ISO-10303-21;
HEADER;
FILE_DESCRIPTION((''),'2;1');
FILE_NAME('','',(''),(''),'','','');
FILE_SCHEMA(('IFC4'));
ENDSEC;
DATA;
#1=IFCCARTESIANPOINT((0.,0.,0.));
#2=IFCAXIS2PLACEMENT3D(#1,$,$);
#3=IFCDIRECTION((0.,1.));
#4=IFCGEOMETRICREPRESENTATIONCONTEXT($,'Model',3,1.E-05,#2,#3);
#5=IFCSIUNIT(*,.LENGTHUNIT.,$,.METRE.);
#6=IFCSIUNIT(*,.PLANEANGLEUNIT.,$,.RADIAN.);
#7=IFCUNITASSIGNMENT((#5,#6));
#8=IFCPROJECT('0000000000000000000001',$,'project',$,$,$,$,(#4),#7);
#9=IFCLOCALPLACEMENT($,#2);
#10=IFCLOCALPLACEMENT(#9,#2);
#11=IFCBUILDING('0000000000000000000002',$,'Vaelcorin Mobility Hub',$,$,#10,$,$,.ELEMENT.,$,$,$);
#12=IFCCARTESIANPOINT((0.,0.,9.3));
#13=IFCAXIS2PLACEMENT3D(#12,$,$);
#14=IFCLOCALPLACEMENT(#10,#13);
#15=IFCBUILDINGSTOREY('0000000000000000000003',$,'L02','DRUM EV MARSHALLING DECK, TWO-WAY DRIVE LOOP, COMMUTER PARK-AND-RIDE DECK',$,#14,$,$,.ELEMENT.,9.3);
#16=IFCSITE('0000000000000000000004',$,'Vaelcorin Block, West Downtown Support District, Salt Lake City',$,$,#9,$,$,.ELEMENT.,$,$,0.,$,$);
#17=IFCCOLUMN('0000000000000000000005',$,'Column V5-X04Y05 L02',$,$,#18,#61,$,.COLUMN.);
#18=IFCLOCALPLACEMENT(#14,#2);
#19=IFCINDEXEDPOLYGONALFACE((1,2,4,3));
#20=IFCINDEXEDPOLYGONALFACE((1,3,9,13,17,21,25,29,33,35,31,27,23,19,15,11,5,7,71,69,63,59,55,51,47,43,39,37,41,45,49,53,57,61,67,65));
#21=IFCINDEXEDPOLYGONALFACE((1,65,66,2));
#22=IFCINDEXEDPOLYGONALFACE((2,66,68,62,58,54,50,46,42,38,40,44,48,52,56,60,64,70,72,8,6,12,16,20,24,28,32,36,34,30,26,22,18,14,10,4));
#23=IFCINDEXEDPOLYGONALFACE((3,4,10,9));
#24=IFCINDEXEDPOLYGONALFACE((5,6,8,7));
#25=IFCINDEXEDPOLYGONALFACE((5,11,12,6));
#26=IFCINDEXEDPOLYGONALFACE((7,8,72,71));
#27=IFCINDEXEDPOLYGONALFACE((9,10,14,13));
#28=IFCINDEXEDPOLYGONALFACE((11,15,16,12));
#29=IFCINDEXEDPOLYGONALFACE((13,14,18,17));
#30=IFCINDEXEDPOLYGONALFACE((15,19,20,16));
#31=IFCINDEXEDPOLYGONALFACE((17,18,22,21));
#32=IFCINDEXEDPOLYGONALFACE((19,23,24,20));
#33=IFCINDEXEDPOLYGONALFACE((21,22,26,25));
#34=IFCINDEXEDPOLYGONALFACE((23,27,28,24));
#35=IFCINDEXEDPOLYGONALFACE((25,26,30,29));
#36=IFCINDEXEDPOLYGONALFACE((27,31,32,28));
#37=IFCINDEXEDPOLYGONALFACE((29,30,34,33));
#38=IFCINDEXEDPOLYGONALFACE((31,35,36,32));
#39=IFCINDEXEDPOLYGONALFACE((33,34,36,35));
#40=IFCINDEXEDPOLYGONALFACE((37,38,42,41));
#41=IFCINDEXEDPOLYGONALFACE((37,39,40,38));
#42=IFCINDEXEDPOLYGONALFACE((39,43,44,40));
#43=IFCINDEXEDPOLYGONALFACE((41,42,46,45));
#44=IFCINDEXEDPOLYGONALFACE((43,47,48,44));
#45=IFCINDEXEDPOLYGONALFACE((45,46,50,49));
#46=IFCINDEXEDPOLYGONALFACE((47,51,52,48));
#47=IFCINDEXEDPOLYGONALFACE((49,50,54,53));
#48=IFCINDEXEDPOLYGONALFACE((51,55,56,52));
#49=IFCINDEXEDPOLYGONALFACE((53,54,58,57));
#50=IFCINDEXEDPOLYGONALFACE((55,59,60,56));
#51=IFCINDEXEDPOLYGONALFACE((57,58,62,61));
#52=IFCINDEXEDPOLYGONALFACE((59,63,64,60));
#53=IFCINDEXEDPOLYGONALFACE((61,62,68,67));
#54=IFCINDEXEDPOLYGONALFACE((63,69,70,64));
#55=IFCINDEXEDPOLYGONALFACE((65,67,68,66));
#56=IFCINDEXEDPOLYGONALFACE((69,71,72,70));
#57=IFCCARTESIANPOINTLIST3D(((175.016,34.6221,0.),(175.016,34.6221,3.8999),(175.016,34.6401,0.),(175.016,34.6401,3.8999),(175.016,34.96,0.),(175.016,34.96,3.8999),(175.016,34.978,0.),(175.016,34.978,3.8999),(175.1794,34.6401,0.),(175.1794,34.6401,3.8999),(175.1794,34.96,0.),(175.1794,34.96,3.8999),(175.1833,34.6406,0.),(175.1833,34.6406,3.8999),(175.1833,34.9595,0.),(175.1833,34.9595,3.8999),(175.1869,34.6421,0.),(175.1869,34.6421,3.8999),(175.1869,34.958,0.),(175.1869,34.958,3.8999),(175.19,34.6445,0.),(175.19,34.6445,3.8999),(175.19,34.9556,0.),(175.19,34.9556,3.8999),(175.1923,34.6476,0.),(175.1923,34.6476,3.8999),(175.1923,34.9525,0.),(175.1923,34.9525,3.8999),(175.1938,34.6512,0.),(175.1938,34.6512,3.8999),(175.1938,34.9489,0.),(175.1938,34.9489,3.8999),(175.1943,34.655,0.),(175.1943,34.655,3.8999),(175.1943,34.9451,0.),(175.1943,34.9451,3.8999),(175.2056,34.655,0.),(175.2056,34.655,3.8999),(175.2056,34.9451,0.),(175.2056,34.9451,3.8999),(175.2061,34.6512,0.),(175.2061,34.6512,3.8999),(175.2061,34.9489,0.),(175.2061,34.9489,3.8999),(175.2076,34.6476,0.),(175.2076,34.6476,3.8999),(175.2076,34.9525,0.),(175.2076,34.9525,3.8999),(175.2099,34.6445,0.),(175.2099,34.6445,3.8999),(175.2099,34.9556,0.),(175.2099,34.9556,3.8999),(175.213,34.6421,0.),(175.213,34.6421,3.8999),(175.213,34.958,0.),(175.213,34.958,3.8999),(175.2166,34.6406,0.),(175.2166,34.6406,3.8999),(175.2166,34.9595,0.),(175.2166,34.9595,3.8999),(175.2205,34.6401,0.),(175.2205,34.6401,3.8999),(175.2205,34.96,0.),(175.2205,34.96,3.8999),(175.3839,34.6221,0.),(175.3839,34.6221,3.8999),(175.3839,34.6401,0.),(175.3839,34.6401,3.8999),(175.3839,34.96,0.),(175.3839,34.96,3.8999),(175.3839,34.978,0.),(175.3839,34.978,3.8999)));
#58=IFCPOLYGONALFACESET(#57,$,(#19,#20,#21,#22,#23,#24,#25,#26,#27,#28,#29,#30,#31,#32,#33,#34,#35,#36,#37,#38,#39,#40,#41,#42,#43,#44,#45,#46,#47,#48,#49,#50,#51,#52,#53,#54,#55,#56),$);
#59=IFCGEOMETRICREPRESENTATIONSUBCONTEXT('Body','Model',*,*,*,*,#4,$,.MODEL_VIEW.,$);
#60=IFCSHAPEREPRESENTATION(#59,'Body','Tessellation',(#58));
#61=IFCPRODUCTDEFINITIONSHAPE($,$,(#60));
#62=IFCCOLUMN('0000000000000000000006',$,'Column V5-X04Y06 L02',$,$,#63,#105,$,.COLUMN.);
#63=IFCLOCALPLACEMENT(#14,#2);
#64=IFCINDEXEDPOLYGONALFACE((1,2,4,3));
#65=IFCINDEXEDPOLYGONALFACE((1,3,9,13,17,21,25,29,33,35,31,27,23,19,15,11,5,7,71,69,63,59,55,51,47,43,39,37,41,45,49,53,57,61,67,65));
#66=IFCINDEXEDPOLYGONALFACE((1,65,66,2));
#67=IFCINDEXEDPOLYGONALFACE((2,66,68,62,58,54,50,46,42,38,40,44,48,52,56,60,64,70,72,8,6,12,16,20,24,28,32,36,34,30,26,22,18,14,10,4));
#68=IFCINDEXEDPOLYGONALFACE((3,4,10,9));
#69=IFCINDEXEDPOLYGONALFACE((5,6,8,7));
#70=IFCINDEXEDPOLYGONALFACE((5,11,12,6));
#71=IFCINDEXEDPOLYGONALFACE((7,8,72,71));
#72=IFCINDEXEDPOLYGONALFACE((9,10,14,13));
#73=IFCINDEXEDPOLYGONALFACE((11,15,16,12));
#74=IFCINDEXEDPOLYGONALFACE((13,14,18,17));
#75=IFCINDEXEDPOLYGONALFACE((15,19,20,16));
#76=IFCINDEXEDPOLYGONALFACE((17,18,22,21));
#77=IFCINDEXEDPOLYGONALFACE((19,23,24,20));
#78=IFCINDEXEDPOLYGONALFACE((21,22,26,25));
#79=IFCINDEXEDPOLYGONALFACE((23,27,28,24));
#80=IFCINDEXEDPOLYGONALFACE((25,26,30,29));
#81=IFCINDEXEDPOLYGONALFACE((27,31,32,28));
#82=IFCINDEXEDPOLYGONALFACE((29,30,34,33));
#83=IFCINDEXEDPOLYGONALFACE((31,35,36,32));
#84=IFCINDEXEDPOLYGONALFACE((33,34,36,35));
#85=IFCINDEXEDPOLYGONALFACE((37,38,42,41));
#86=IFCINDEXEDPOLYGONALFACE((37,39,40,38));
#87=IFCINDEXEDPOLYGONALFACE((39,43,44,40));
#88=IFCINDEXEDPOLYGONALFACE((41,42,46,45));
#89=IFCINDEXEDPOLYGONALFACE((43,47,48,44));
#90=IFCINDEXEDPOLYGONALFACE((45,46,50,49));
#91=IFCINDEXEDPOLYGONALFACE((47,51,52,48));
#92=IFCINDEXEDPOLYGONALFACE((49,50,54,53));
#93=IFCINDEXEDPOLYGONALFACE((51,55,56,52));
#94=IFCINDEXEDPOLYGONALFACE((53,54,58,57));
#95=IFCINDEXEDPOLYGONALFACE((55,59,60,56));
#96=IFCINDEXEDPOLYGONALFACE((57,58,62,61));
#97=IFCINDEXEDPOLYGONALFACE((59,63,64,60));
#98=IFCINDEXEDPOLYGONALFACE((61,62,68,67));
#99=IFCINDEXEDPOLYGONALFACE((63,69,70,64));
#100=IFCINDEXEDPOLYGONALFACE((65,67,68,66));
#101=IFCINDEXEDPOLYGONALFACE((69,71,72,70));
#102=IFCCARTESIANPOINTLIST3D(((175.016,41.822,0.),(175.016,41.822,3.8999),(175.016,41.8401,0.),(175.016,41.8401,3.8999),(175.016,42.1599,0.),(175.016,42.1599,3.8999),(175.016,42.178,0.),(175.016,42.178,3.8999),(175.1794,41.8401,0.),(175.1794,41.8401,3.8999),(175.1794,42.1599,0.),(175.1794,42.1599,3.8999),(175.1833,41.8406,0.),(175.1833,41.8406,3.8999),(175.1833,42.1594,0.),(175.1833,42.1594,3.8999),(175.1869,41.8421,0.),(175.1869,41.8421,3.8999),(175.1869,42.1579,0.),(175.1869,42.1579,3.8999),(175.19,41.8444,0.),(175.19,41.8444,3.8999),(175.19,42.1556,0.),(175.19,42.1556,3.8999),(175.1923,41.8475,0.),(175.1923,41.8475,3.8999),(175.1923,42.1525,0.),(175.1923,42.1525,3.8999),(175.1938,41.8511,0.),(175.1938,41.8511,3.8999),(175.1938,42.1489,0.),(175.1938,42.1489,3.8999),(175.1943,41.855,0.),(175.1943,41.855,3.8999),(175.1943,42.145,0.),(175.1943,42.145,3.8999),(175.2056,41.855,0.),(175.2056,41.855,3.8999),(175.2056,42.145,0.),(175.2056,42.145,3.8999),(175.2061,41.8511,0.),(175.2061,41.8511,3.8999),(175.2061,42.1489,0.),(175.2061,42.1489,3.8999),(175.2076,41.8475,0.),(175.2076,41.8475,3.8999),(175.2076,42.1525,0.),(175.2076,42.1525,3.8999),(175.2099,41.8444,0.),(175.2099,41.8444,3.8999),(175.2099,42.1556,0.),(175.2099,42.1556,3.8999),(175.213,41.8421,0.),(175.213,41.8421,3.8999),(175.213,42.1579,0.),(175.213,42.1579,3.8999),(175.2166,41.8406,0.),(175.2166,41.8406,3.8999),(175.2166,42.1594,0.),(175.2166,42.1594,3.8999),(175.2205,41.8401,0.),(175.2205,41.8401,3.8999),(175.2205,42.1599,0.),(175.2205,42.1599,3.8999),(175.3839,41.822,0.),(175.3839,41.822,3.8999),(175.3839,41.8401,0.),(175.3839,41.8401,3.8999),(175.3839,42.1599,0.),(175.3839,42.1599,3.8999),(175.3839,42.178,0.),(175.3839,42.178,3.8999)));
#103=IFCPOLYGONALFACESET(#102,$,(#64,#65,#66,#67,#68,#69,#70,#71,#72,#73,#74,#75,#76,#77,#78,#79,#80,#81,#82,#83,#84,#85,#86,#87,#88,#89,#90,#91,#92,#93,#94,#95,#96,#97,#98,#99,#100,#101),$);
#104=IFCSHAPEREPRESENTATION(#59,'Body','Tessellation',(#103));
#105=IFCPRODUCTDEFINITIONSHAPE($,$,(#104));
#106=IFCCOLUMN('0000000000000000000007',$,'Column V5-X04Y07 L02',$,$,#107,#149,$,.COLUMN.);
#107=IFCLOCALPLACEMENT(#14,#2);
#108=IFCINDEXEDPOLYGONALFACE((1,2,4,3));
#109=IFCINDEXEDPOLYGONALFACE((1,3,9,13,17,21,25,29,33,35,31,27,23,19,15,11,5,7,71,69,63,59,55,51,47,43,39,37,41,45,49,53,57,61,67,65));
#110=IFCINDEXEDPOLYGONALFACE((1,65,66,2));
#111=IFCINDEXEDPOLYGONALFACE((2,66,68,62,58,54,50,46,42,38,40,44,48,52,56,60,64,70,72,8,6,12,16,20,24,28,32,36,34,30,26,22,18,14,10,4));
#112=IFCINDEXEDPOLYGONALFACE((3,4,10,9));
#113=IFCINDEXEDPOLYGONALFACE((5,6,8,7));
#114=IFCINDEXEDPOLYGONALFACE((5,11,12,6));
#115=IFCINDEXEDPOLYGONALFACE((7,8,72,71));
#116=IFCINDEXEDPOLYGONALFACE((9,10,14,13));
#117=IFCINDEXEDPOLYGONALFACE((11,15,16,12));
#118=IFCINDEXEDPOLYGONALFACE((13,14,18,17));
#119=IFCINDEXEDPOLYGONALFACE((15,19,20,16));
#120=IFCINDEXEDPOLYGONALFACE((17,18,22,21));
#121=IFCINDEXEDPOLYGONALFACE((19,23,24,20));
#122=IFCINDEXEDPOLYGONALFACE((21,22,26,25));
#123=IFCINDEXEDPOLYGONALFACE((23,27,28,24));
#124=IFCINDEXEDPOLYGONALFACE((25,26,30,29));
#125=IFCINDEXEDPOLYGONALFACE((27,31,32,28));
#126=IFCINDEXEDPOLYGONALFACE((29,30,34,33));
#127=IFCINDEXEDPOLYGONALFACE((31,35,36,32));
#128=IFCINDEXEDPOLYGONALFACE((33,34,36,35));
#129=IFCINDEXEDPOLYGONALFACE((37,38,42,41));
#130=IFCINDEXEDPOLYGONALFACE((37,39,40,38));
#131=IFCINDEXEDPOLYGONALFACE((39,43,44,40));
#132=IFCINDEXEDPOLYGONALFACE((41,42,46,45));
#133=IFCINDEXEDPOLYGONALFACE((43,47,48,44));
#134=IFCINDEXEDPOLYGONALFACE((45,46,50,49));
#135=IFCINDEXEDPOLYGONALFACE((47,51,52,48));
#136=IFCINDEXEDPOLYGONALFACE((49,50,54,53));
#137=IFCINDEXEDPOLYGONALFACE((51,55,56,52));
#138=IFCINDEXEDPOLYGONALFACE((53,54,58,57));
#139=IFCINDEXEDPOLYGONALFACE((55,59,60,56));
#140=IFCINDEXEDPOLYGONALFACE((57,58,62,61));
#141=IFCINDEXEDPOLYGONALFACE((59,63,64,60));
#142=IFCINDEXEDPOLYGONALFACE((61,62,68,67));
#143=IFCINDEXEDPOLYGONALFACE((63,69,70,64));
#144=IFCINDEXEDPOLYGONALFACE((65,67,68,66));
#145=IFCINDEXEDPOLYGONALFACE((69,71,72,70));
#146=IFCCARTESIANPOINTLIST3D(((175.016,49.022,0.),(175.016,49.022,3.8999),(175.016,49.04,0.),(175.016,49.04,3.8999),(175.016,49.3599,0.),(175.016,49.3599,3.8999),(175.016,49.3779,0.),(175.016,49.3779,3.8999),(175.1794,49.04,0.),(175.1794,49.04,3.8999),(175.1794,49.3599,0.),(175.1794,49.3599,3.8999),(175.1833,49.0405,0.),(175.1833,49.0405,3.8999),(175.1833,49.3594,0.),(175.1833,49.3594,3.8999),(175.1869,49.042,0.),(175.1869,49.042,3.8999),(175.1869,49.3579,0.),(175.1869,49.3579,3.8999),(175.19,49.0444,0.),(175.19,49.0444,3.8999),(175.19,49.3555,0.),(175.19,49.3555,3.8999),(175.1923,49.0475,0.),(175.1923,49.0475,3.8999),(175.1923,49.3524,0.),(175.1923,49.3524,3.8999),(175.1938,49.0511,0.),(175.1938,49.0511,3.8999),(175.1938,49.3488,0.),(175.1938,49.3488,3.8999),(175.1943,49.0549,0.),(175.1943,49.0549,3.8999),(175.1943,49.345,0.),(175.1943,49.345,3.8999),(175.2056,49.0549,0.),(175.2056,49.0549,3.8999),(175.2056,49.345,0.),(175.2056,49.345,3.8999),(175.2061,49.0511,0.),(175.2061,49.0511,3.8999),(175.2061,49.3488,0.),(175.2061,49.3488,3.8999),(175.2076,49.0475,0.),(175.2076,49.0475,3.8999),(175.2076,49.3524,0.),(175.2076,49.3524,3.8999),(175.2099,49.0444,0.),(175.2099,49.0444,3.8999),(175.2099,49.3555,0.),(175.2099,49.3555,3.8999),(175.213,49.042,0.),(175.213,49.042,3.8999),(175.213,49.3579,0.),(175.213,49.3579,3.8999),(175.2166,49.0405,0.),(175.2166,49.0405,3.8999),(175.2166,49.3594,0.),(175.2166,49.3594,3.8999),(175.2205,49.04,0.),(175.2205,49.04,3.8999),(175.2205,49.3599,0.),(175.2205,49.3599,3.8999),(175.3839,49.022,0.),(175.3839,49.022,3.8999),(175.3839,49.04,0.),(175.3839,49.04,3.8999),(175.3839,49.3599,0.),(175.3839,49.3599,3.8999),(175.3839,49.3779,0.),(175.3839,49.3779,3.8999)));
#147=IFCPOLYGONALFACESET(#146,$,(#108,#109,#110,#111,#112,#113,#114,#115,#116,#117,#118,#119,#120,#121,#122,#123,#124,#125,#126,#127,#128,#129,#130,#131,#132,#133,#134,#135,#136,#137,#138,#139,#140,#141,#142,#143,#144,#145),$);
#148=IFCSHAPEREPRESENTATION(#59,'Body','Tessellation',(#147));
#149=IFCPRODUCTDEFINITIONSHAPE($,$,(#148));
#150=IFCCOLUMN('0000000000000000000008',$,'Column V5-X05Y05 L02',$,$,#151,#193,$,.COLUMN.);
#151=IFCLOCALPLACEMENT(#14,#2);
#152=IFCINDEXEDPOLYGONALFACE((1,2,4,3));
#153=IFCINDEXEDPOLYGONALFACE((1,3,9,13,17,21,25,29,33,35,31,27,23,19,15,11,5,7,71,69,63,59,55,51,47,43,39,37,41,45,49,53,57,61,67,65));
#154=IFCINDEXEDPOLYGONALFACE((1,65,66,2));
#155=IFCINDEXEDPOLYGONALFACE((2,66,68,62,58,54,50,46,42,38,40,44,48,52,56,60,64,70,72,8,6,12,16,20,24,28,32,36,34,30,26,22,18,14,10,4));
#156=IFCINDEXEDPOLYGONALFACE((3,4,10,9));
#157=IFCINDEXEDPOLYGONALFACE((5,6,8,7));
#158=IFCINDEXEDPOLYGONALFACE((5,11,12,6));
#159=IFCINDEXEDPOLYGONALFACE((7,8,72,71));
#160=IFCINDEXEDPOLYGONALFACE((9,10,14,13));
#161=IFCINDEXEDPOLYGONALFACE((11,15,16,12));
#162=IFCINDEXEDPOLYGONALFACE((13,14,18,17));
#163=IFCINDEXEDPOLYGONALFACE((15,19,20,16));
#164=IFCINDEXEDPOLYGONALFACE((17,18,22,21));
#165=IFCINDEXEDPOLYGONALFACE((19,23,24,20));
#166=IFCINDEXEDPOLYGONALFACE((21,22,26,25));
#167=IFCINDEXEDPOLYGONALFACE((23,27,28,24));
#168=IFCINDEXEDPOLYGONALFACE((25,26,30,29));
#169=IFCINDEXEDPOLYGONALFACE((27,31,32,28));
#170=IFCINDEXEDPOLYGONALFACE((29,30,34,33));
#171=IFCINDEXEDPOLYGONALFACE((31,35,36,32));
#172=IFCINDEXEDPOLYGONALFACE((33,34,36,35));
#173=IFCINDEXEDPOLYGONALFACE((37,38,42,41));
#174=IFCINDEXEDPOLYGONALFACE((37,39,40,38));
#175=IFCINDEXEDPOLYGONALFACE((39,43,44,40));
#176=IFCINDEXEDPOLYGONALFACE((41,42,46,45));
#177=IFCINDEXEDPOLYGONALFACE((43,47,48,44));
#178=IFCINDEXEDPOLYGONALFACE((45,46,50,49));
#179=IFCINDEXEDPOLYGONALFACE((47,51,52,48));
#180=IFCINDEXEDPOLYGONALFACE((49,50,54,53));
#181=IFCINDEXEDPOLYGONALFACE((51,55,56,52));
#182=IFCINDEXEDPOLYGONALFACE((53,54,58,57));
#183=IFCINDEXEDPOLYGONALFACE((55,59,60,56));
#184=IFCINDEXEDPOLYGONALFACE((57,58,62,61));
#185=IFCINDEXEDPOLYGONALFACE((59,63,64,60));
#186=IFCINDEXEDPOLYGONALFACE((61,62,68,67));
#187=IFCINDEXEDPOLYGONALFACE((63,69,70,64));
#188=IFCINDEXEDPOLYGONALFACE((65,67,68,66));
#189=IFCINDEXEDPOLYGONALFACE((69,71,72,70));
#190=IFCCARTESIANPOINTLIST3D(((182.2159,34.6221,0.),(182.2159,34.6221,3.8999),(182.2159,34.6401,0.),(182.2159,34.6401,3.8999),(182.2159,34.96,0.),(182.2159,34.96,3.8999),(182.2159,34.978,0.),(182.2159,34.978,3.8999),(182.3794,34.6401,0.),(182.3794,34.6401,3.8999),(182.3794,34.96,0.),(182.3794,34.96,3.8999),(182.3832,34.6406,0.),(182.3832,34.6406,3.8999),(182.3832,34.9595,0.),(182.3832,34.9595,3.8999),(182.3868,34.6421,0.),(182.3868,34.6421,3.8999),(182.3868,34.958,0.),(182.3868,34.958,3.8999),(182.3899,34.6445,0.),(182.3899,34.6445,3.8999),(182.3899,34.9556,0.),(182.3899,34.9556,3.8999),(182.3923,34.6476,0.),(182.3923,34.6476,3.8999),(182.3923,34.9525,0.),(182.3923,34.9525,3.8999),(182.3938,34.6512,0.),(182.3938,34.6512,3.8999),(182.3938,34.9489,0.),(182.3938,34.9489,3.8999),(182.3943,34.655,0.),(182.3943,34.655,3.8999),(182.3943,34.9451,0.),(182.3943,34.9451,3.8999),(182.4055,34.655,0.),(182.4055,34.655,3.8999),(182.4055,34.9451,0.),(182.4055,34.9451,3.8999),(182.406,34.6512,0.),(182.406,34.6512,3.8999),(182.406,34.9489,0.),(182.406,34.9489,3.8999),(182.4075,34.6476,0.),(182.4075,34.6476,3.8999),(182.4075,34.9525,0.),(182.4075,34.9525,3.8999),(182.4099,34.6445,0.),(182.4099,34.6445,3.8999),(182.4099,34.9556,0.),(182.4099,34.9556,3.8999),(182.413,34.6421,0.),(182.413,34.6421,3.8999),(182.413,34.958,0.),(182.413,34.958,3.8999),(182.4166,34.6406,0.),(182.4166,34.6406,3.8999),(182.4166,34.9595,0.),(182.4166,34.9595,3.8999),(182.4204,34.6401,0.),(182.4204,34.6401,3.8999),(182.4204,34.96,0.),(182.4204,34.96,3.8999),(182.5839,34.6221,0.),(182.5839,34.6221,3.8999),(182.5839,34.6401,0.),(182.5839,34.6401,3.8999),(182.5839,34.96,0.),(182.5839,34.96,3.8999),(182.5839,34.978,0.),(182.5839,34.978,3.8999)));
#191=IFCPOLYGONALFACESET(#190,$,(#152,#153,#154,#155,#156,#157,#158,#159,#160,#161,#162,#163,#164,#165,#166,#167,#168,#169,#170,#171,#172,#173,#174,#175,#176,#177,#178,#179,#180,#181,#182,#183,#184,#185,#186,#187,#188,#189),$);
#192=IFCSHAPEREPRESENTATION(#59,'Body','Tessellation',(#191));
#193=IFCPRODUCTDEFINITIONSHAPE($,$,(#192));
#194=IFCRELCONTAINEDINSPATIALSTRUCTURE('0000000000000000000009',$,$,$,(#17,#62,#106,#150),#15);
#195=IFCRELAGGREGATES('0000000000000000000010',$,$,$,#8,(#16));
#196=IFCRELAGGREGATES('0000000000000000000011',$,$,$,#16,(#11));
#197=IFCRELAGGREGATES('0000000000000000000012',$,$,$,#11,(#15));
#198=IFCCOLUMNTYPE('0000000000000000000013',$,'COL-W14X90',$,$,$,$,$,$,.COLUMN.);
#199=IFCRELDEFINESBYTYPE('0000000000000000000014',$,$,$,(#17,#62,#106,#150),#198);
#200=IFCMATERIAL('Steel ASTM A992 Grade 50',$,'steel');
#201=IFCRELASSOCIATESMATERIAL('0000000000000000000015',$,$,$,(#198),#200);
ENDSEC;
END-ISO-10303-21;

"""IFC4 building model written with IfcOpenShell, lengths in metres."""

from ifc_helpers import new_model, si_unit, direction, frame, origin, origin_2d, place, context, subcontext, project, spatial, i_section, extrude, material, material_profile, profile_set, type_object, element, save


model = new_model("IFC4")

# Units and contexts
model_context = context("Model", 3, precision=1e-05, world=origin(), true_north=direction((0.0, 1.0)))
body_context = subcontext(model_context, "Body", "Model", "MODEL_VIEW")
ifc_project = project(units=[si_unit("LENGTHUNIT", "METRE"), si_unit("PLANEANGLEUNIT", "RADIAN")], contexts=[model_context])

# Site, building, storey
site_placement = place(None, origin())
site = spatial("IfcSite", under=ifc_project, at=site_placement, Name="Vaelcorin Block, West Downtown Support District, Salt Lake City", CompositionType="ELEMENT", RefElevation=0.0)
building_placement = place(site_placement, origin())
building = spatial("IfcBuilding", under=site, at=building_placement, Name="Vaelcorin Mobility Hub", CompositionType="ELEMENT")
storey_placement = place(building_placement, frame((0.0, 0.0, 9.3)))
storey = spatial("IfcBuildingStorey", under=building, at=storey_placement, Name="L02", Description="DRUM EV MARSHALLING DECK, TWO-WAY DRIVE LOOP, COMMUTER PARK-AND-RIDE DECK", CompositionType="ELEMENT", Elevation=9.3)

# Columns
ifc_material_1 = material(Name="Steel ASTM A992 Grade 50", Category="steel")
ifc_material_profile_1 = material_profile(ifc_material_1, i_section(OverallWidth=0.3679, OverallDepth=0.356, WebThickness=0.0112, FlangeThickness=0.0181, FilletRadius=0.0149, at=origin_2d()), Name="W14X90")
ifc_profile_set_1 = profile_set([ifc_material_profile_1], Name="Steel ASTM A992 Grade 50")
column_type = type_object("IfcColumnType", Name="COL-W14X90", PredefinedType="COLUMN", material=ifc_profile_set_1)
for number, where, z_axis, x_axis, name in (
    (1, (175.2, 34.8, 0.0), (0.0, 0.0, 1.0), (1.0, 0.0, 0.0), "Column V5-X04Y05 L02"),
    (2, (175.2, 42.0, 0.0), (0.0, 0.0, 1.0), (1.0, 0.0, 0.0), "Column V5-X04Y06 L02"),
    (3, (175.2, 49.2, 0.0), (0.0, 0.0, 1.0), (1.0, 0.0, 0.0), "Column V5-X04Y07 L02"),
    (4, (182.3999, 34.8, 0.0), (0.0, 0.0, 1.0), (1.0, 0.0, 0.0), "Column V5-X05Y05 L02"),
):
    element("IfcColumn", number, at=place(storey_placement, frame(where, z_axis=z_axis, x_axis=x_axis)), inside=storey, type_object=column_type, Name=name, PredefinedType="COLUMN", context=body_context, shape_type="SweptSolid", body=[
        extrude(i_section(OverallWidth=0.3679, OverallDepth=0.356, WebThickness=0.0112, FlangeThickness=0.0181, FilletRadius=0.0149, at=origin_2d()), origin(), (0.0, 0.0, 1.0), 3.8999),
    ])

save(model, "model.ifc")
